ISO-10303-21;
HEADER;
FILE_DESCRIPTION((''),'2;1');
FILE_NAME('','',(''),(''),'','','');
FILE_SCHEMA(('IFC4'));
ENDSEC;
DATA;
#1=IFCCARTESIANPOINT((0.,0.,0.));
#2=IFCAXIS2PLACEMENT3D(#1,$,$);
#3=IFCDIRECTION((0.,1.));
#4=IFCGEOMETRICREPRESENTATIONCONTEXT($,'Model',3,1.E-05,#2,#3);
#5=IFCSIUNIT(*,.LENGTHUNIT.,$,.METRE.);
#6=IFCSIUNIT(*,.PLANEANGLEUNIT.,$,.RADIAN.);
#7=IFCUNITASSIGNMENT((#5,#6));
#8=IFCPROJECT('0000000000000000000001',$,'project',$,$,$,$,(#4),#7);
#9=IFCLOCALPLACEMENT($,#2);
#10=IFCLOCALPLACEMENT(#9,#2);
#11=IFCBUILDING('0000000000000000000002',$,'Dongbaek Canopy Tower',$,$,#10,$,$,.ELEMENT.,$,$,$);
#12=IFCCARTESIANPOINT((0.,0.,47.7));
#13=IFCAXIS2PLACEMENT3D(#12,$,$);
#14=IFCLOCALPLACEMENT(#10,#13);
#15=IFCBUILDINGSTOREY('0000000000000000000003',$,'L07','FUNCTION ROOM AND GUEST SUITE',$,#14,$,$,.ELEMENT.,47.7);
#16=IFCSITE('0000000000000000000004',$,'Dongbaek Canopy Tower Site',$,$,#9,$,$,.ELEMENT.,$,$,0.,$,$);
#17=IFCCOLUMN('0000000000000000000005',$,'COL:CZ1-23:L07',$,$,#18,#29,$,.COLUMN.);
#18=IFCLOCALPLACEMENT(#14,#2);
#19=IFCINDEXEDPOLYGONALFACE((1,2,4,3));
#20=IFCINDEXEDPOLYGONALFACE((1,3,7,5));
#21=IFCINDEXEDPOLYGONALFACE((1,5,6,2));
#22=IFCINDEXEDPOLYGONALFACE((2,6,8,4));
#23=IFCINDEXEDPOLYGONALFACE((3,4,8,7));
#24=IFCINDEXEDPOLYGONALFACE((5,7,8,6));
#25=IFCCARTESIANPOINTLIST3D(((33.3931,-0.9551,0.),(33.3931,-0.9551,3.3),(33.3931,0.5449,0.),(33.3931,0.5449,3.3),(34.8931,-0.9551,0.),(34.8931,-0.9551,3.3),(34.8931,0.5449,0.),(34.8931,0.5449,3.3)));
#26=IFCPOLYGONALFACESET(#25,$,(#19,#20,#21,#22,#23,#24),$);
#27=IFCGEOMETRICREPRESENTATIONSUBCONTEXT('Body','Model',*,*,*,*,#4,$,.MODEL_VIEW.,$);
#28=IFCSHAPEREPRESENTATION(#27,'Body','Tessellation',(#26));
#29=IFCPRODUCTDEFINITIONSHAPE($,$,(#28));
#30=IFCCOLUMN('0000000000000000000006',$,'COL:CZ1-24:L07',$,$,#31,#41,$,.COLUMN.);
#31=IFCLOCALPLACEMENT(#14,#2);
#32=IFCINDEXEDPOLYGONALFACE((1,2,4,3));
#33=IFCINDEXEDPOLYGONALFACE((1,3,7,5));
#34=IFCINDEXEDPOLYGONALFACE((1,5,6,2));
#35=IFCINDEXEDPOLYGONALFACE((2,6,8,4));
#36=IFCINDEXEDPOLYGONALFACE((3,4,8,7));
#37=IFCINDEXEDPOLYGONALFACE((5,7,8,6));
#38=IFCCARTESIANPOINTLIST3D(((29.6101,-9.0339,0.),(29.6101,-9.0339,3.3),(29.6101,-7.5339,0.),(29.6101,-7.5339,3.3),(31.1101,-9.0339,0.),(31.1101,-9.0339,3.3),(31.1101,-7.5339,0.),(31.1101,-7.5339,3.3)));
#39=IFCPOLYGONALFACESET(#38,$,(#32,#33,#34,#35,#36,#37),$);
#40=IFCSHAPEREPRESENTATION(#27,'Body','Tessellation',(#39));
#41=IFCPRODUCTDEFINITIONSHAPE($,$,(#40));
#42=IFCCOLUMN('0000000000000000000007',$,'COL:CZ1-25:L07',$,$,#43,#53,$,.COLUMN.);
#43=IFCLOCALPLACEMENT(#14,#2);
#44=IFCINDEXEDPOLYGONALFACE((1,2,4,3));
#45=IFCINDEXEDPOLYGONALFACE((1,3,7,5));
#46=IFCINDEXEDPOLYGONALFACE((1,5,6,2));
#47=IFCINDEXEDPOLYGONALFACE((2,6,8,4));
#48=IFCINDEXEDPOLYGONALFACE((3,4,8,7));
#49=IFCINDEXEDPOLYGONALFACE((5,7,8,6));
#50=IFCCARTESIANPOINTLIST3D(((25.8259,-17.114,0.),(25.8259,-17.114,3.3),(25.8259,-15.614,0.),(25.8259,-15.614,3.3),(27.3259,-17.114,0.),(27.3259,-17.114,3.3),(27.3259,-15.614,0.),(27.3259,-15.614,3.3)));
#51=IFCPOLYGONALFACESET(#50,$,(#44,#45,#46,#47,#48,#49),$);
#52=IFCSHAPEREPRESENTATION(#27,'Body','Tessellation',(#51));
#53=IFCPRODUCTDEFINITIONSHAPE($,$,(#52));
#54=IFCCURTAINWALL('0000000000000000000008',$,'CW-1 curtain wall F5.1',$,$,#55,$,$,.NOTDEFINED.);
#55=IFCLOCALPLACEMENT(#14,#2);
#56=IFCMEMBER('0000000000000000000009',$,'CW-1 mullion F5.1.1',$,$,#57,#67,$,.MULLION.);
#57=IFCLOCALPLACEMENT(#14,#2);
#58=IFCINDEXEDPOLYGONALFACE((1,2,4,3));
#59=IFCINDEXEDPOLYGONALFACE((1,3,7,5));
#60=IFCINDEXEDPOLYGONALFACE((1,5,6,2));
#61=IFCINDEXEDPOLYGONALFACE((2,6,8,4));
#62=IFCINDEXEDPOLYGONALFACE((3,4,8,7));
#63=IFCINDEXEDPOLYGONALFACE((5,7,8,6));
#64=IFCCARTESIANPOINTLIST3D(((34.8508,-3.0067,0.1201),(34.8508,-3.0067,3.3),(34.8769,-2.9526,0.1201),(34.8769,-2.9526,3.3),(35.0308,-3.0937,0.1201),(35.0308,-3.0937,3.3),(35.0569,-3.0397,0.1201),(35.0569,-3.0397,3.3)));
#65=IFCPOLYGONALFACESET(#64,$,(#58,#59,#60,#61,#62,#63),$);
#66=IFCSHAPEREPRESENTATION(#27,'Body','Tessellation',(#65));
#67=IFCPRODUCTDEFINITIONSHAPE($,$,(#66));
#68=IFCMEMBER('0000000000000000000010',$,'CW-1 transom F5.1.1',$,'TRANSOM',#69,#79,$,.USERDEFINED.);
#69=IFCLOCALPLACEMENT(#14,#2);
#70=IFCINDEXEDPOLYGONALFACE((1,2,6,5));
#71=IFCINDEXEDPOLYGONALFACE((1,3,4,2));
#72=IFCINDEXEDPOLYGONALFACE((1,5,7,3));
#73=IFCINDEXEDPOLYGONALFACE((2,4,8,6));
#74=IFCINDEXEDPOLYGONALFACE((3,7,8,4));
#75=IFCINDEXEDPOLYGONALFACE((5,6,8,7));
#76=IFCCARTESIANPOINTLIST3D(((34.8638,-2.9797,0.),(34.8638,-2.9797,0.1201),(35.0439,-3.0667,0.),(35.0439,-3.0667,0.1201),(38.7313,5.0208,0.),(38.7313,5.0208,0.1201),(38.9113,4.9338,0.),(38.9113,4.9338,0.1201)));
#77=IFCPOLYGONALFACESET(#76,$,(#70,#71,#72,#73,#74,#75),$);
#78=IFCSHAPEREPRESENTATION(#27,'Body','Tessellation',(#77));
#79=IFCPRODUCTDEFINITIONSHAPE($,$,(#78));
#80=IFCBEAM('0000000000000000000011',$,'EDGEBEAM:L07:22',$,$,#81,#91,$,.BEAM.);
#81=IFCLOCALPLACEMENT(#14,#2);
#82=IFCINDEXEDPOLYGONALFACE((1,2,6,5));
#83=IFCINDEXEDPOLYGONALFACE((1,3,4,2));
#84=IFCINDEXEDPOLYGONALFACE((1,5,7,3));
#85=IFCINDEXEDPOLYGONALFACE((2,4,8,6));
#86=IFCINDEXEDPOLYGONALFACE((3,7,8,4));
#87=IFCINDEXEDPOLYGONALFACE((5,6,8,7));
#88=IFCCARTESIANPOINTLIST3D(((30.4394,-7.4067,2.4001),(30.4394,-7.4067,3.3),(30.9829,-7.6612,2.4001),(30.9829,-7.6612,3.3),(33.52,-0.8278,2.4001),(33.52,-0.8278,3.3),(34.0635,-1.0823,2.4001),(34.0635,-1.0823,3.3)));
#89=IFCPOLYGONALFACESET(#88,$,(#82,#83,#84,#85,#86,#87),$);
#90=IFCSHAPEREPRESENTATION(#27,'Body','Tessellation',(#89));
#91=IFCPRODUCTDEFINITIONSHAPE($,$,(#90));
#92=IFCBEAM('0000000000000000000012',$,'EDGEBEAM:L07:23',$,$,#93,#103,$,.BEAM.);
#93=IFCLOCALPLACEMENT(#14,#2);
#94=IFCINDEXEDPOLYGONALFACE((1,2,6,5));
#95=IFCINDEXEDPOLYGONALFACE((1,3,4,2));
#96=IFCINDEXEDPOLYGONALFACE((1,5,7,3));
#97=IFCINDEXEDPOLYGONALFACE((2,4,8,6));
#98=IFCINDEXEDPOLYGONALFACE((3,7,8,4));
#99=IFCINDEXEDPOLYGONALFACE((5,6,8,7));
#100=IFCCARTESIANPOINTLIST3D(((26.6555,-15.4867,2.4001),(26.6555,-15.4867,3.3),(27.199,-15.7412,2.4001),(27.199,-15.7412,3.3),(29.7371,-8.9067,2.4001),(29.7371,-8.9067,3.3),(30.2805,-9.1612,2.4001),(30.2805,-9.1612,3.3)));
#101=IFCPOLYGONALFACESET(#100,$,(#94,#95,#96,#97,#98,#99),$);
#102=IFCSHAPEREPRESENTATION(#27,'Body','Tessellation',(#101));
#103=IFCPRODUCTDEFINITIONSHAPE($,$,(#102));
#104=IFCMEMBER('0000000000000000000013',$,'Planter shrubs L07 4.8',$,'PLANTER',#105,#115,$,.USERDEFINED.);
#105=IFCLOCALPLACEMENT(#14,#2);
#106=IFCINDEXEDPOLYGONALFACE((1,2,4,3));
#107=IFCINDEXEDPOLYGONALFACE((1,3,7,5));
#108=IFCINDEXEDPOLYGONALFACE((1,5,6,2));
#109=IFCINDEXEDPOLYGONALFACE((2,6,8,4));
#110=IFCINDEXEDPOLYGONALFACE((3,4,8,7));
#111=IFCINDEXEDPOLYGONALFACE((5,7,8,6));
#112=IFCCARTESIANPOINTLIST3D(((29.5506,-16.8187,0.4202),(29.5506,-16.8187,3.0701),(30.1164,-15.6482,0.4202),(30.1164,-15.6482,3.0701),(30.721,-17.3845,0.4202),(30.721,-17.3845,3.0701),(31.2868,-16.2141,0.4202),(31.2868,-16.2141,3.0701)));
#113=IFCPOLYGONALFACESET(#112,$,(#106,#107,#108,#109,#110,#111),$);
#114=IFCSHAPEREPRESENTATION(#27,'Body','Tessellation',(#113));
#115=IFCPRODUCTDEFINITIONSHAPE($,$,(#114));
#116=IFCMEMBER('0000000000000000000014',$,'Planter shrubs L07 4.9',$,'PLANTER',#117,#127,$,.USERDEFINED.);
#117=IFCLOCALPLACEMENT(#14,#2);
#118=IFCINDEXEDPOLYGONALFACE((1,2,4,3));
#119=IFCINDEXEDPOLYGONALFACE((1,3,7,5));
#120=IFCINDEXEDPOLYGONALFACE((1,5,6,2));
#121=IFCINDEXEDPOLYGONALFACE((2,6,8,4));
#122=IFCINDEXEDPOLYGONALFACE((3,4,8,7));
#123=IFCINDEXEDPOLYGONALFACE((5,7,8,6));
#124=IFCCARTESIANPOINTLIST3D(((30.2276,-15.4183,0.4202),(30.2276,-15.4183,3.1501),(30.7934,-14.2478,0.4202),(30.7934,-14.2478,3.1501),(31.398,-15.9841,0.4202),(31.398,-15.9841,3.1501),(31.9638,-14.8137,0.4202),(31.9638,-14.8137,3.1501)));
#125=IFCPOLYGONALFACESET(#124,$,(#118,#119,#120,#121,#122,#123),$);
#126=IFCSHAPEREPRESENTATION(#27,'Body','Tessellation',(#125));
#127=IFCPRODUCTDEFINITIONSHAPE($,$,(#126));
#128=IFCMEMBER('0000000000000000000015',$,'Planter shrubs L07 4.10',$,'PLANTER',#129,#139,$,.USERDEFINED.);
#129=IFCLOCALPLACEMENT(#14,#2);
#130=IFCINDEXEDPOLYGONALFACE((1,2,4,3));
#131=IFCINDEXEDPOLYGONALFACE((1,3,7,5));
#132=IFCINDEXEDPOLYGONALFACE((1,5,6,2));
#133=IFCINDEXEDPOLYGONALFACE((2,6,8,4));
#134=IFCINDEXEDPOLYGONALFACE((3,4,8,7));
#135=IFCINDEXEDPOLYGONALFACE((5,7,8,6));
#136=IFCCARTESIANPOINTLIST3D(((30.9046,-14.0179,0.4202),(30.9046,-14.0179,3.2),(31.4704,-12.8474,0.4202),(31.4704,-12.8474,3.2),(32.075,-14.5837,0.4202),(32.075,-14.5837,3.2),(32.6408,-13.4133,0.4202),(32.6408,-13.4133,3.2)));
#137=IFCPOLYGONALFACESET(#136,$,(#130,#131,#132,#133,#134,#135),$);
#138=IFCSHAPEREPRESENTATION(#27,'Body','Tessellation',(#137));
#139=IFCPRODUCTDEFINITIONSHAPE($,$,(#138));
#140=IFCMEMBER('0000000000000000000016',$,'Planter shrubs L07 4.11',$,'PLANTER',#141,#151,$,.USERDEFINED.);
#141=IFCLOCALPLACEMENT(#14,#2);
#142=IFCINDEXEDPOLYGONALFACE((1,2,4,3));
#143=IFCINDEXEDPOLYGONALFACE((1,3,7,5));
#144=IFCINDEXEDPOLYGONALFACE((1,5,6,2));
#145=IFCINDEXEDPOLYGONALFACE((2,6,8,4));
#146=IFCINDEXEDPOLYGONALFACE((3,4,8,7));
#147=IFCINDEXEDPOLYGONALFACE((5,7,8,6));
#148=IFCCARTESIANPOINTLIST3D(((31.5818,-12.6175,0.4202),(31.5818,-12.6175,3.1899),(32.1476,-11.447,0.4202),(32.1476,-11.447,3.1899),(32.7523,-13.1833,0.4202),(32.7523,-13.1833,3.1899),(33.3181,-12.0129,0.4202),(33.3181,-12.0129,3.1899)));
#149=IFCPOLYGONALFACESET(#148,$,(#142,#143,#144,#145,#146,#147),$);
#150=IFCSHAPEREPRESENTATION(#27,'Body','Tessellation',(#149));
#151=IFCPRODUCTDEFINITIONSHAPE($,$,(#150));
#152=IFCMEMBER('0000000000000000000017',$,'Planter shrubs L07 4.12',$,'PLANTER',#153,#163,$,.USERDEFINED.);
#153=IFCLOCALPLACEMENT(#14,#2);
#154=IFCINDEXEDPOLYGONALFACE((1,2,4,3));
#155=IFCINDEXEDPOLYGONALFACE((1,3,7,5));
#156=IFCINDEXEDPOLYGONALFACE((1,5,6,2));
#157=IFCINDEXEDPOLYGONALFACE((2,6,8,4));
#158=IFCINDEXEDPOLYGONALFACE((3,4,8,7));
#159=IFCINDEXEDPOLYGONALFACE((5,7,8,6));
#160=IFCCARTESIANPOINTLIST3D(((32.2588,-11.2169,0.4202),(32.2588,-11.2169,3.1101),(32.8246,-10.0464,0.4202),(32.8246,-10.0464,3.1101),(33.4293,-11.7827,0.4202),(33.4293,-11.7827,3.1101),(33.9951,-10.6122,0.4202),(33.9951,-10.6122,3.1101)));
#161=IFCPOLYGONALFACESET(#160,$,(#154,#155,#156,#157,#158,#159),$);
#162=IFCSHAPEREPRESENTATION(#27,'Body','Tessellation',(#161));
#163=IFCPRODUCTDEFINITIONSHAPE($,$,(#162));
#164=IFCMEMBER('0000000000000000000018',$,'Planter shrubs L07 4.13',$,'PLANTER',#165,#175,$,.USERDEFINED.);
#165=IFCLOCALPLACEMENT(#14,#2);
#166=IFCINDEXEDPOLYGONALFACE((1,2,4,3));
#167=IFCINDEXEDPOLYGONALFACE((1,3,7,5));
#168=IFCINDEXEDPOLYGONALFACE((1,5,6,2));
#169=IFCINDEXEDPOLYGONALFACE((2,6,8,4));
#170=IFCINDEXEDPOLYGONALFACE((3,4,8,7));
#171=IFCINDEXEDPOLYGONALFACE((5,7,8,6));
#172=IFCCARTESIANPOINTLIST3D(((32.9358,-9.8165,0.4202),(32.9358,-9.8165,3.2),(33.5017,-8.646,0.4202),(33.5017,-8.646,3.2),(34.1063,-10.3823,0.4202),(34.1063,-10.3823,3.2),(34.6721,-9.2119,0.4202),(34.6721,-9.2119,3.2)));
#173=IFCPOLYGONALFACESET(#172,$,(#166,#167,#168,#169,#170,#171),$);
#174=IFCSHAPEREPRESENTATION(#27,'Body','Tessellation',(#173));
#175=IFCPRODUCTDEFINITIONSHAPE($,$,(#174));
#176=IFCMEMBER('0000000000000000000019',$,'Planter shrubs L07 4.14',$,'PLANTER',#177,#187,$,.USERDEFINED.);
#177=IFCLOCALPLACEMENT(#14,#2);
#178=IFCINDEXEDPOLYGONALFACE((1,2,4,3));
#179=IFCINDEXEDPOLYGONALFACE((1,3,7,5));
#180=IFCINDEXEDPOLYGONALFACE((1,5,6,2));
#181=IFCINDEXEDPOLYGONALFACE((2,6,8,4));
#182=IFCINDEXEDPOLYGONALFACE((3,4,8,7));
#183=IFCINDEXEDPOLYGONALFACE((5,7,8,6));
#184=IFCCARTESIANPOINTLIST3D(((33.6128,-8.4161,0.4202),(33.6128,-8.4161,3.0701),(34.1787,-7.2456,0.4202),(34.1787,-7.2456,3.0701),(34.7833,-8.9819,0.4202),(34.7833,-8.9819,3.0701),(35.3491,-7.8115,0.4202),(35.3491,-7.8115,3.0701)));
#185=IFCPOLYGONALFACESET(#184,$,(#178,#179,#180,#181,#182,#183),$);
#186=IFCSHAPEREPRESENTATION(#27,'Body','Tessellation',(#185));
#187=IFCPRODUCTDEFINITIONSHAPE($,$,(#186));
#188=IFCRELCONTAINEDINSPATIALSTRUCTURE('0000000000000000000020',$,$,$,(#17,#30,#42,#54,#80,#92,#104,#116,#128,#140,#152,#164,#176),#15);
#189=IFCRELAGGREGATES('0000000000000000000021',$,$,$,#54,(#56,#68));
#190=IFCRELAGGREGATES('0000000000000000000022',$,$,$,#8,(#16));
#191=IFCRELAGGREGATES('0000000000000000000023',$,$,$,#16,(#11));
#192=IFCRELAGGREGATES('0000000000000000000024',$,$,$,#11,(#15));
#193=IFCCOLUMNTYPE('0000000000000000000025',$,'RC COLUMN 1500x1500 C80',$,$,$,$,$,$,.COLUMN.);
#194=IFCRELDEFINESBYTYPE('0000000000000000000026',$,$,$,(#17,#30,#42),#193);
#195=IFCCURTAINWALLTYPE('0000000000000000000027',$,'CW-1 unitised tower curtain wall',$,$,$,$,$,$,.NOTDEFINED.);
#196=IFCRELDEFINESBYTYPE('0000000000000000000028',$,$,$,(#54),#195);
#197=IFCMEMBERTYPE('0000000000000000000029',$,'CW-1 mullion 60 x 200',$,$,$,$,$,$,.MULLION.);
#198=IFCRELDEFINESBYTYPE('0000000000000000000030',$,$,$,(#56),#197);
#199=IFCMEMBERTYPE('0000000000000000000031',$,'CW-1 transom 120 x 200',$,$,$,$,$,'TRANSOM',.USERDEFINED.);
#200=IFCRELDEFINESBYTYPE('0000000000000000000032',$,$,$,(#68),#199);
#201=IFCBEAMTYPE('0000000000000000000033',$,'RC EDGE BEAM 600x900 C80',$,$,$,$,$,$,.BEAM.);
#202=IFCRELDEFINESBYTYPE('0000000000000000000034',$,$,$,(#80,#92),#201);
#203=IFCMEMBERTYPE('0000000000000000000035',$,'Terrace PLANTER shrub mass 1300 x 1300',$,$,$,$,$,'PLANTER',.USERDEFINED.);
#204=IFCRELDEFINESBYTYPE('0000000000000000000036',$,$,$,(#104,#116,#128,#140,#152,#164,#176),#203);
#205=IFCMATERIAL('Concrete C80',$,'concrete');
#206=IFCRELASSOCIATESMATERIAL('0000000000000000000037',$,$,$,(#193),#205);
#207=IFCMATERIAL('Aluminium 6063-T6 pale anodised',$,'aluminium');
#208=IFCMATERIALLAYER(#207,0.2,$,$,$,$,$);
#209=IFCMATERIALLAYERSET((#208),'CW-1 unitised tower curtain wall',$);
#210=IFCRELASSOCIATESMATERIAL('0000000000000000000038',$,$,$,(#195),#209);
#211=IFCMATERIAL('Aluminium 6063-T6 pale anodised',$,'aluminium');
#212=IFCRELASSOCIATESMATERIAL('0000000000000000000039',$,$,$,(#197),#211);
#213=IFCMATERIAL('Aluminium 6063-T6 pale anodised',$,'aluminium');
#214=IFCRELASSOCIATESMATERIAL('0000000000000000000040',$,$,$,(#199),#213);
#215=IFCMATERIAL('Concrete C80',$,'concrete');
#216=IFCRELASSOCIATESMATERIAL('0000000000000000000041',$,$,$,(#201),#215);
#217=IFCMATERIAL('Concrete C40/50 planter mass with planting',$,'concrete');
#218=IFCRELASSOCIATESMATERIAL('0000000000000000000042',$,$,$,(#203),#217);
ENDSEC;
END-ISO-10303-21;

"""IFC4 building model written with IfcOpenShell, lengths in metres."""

from ifc_helpers import new_model, si_unit, direction, frame, origin, origin_2d, place, context, subcontext, project, spatial, rectangle, extrude, material, layer, layer_set, material_profile, profile_set, type_object, element, aggregate, save


model = new_model("IFC4")

# Units and contexts
model_context = context("Model", 3, precision=1e-05, world=origin(), true_north=direction((0.0, 1.0)))
body_context = subcontext(model_context, "Body", "Model", "MODEL_VIEW")
ifc_project = project(units=[si_unit("LENGTHUNIT", "METRE"), si_unit("PLANEANGLEUNIT", "RADIAN")], contexts=[model_context])

# Site, building, storey
site_placement = place(None, origin())
site = spatial("IfcSite", under=ifc_project, at=site_placement, Name="Dongbaek Canopy Tower Site", CompositionType="ELEMENT", RefElevation=0.0)
building_placement = place(site_placement, origin())
building = spatial("IfcBuilding", under=site, at=building_placement, Name="Dongbaek Canopy Tower", CompositionType="ELEMENT")
storey_placement = place(building_placement, frame((0.0, 0.0, 47.7)))
storey = spatial("IfcBuildingStorey", under=building, at=storey_placement, Name="L07", Description="FUNCTION ROOM AND GUEST SUITE", CompositionType="ELEMENT", Elevation=47.7)

# Columns
ifc_material_1 = material(Name="Concrete C80", Category="concrete")
ifc_material_profile_1 = material_profile(ifc_material_1, rectangle(XDim=1.5, YDim=1.5, at=origin_2d()), Name="RC COLUMN 1500x1500 C80")
ifc_profile_set_1 = profile_set([ifc_material_profile_1], Name="Concrete C80")
column_type = type_object("IfcColumnType", Name="RC COLUMN 1500x1500 C80", PredefinedType="COLUMN", material=ifc_profile_set_1)
for number, where, z_axis, x_axis, name in (
    (1, (34.1431, -0.2051, 0.0), (0.0, 0.0, 1.0), (1.0, 0.0, 0.0), "COL:CZ1-23:L07"),
    (2, (30.3601, -8.2839, 0.0), (0.0, 0.0, 1.0), (1.0, 0.0, 0.0), "COL:CZ1-24:L07"),
    (3, (26.5759, -16.364, 0.0), (0.0, 0.0, 1.0), (1.0, 0.0, 0.0), "COL:CZ1-25:L07"),
):
    element("IfcColumn", number, at=place(storey_placement, frame(where, z_axis=z_axis, x_axis=x_axis)), inside=storey, type_object=column_type, Name=name, PredefinedType="COLUMN", context=body_context, shape_type="SweptSolid", body=[
        extrude(rectangle(XDim=1.5, YDim=1.5, at=origin_2d()), origin(), (0.0, 0.0, 1.0), 3.3),
    ])

# Curtain wall, members
ifc_material_2 = material(Name="Aluminium 6063-T6 pale anodised", Category="aluminium")
ifc_layer_1 = layer(ifc_material_2, 0.2)
ifc_layer_set_1 = layer_set([ifc_layer_1], Name="CW-1 unitised tower curtain wall")
curtain_wall_type = type_object("IfcCurtainWallType", Name="CW-1 unitised tower curtain wall", PredefinedType="NOTDEFINED", material=ifc_layer_set_1)
curtain_wall_placement = place(storey_placement, origin())
curtain_wall = element("IfcCurtainWall", 4, at=curtain_wall_placement, inside=storey, type_object=curtain_wall_type, Name="CW-1 curtain wall F5.1", PredefinedType="NOTDEFINED")
ifc_material_3 = material(Name="Aluminium 6063-T6 pale anodised", Category="aluminium")
ifc_material_profile_2 = material_profile(ifc_material_3, rectangle(XDim=0.2, YDim=0.0601, at=origin_2d()), Name="CW-1 mullion 60 x 200")
ifc_profile_set_2 = profile_set([ifc_material_profile_2], Name="Aluminium 6063-T6 pale anodised")
member_type_1 = type_object("IfcMemberType", Name="CW-1 mullion 60 x 200", PredefinedType="MULLION", material=ifc_profile_set_2)
member_1_placement = place(storey_placement, frame((34.9539, -3.0232, 0.1201), z_axis=(0.0, 0.0, 1.0), x_axis=(0.900312, -0.435245, 0.0)))
member_1 = element("IfcMember", 5, at=member_1_placement, type_object=member_type_1, Name="CW-1 mullion F5.1.1", PredefinedType="MULLION", context=body_context, shape_type="SweptSolid", body=[
    extrude(rectangle(XDim=0.2, YDim=0.0601, at=origin_2d()), origin(), (0.0, 0.0, 1.0), 3.1799),
])
ifc_material_4 = material(Name="Aluminium 6063-T6 pale anodised", Category="aluminium")
ifc_material_profile_3 = material_profile(ifc_material_4, rectangle(XDim=0.2, YDim=0.1201, at=origin_2d()), Name="CW-1 transom 120 x 200")
ifc_profile_set_3 = profile_set([ifc_material_profile_3], Name="Aluminium 6063-T6 pale anodised")
member_type_2 = type_object("IfcMemberType", Name="CW-1 transom 120 x 200", ElementType="TRANSOM", PredefinedType="USERDEFINED", material=ifc_profile_set_3)
member_2_placement = place(storey_placement, frame((34.9539, -3.0232, 0.0601), z_axis=(0.435217, 0.900326, 0.0), x_axis=(-0.900326, 0.435217, 0.0)))
member_2 = element("IfcMember", 6, at=member_2_placement, type_object=member_type_2, Name="CW-1 transom F5.1.1", ObjectType="TRANSOM", PredefinedType="USERDEFINED", context=body_context, shape_type="SweptSolid", body=[
    extrude(rectangle(XDim=0.2, YDim=0.1201, at=origin_2d()), origin(), (0.0, 0.0, 1.0), 8.8862),
])

# Beams
ifc_material_5 = material(Name="Concrete C80", Category="concrete")
ifc_material_profile_4 = material_profile(ifc_material_5, rectangle(XDim=0.6001, YDim=0.8999, at=origin_2d()), Name="RC EDGE BEAM 600x900 C80")
ifc_profile_set_4 = profile_set([ifc_material_profile_4], Name="Concrete C80")
beam_type = type_object("IfcBeamType", Name="RC EDGE BEAM 600x900 C80", PredefinedType="BEAM", material=ifc_profile_set_4)
beam_1_placement = place(storey_placement, frame((33.7917, -0.9551, 2.8501), z_axis=(-0.424064, -0.905632, 0.0), x_axis=(0.905632, -0.424064, 0.0)))
element("IfcBeam", 7, at=beam_1_placement, inside=storey, type_object=beam_type, Name="EDGEBEAM:L07:22", PredefinedType="BEAM", context=body_context, shape_type="SweptSolid", body=[
    extrude(rectangle(XDim=0.6001, YDim=0.8999, at=origin_2d()), origin(), (0.0, 0.0, 1.0), 7.2644),
])
beam_2_placement = place(storey_placement, frame((30.0088, -9.0339, 2.8501), z_axis=(-0.42411, -0.905611, 0.0), x_axis=(0.905611, -0.42411, 0.0)))
element("IfcBeam", 8, at=beam_2_placement, inside=storey, type_object=beam_type, Name="EDGEBEAM:L07:23", PredefinedType="BEAM", context=body_context, shape_type="SweptSolid", body=[
    extrude(rectangle(XDim=0.6001, YDim=0.8999, at=origin_2d()), origin(), (0.0, 0.0, 1.0), 7.2659),
])

# Members
ifc_material_6 = material(Name="Concrete C40/50 planter mass with planting", Category="concrete")
ifc_material_profile_5 = material_profile(ifc_material_6, rectangle(XDim=1.3, YDim=1.3, at=origin_2d()), Name="Terrace PLANTER shrub mass 1300 x 1300")
ifc_profile_set_5 = profile_set([ifc_material_profile_5], Name="Concrete C40/50 planter mass with planting")
member_type_3 = type_object("IfcMemberType", Name="Terrace PLANTER shrub mass 1300 x 1300", ElementType="PLANTER", PredefinedType="USERDEFINED", material=ifc_profile_set_5)
member_3_placement = place(storey_placement, frame((30.4187, -16.5164, 0.4202), z_axis=(0.0, 0.0, 1.0), x_axis=(0.900312, -0.435245, 0.0)))
element("IfcMember", 9, at=member_3_placement, inside=storey, type_object=member_type_3, Name="Planter shrubs L07 4.8", ObjectType="PLANTER", PredefinedType="USERDEFINED", context=body_context, shape_type="SweptSolid", body=[
    extrude(rectangle(XDim=1.3, YDim=1.3, at=origin_2d()), origin(), (0.0, 0.0, 1.0), 2.6499),
])
member_4_placement = place(storey_placement, frame((31.0957, -15.116, 0.4202), z_axis=(0.0, 0.0, 1.0), x_axis=(0.900312, -0.435245, 0.0)))
element("IfcMember", 10, at=member_4_placement, inside=storey, type_object=member_type_3, Name="Planter shrubs L07 4.9", ObjectType="PLANTER", PredefinedType="USERDEFINED", context=body_context, shape_type="SweptSolid", body=[
    extrude(rectangle(XDim=1.3, YDim=1.3, at=origin_2d()), origin(), (0.0, 0.0, 1.0), 2.73),
])
member_5_placement = place(storey_placement, frame((31.7727, -13.7156, 0.4202), z_axis=(0.0, 0.0, 1.0), x_axis=(0.900312, -0.435245, 0.0)))
element("IfcMember", 11, at=member_5_placement, inside=storey, type_object=member_type_3, Name="Planter shrubs L07 4.10", ObjectType="PLANTER", PredefinedType="USERDEFINED", context=body_context, shape_type="SweptSolid", body=[
    extrude(rectangle(XDim=1.3, YDim=1.3, at=origin_2d()), origin(), (0.0, 0.0, 1.0), 2.7798),
])
member_6_placement = place(storey_placement, frame((32.45, -12.3152, 0.4202), z_axis=(0.0, 0.0, 1.0), x_axis=(0.900312, -0.435245, 0.0)))
element("IfcMember", 12, at=member_6_placement, inside=storey, type_object=member_type_3, Name="Planter shrubs L07 4.11", ObjectType="PLANTER", PredefinedType="USERDEFINED", context=body_context, shape_type="SweptSolid", body=[
    extrude(rectangle(XDim=1.3, YDim=1.3, at=origin_2d()), origin(), (0.0, 0.0, 1.0), 2.7698),
])
member_7_placement = place(storey_placement, frame((33.127, -10.9146, 0.4202), z_axis=(0.0, 0.0, 1.0), x_axis=(0.900312, -0.435245, 0.0)))
element("IfcMember", 13, at=member_7_placement, inside=storey, type_object=member_type_3, Name="Planter shrubs L07 4.12", ObjectType="PLANTER", PredefinedType="USERDEFINED", context=body_context, shape_type="SweptSolid", body=[
    extrude(rectangle(XDim=1.3, YDim=1.3, at=origin_2d()), origin(), (0.0, 0.0, 1.0), 2.6899),
])
member_8_placement = place(storey_placement, frame((33.804, -9.5142, 0.4202), z_axis=(0.0, 0.0, 1.0), x_axis=(0.900312, -0.435245, 0.0)))
element("IfcMember", 14, at=member_8_placement, inside=storey, type_object=member_type_3, Name="Planter shrubs L07 4.13", ObjectType="PLANTER", PredefinedType="USERDEFINED", context=body_context, shape_type="SweptSolid", body=[
    extrude(rectangle(XDim=1.3, YDim=1.3, at=origin_2d()), origin(), (0.0, 0.0, 1.0), 2.7798),
])
member_9_placement = place(storey_placement, frame((34.481, -8.1138, 0.4202), z_axis=(0.0, 0.0, 1.0), x_axis=(0.900312, -0.435245, 0.0)))
element("IfcMember", 15, at=member_9_placement, inside=storey, type_object=member_type_3, Name="Planter shrubs L07 4.14", ObjectType="PLANTER", PredefinedType="USERDEFINED", context=body_context, shape_type="SweptSolid", body=[
    extrude(rectangle(XDim=1.3, YDim=1.3, at=origin_2d()), origin(), (0.0, 0.0, 1.0), 2.6499),
])

aggregate(curtain_wall, [member_1, member_2])

save(model, "model.ifc")
